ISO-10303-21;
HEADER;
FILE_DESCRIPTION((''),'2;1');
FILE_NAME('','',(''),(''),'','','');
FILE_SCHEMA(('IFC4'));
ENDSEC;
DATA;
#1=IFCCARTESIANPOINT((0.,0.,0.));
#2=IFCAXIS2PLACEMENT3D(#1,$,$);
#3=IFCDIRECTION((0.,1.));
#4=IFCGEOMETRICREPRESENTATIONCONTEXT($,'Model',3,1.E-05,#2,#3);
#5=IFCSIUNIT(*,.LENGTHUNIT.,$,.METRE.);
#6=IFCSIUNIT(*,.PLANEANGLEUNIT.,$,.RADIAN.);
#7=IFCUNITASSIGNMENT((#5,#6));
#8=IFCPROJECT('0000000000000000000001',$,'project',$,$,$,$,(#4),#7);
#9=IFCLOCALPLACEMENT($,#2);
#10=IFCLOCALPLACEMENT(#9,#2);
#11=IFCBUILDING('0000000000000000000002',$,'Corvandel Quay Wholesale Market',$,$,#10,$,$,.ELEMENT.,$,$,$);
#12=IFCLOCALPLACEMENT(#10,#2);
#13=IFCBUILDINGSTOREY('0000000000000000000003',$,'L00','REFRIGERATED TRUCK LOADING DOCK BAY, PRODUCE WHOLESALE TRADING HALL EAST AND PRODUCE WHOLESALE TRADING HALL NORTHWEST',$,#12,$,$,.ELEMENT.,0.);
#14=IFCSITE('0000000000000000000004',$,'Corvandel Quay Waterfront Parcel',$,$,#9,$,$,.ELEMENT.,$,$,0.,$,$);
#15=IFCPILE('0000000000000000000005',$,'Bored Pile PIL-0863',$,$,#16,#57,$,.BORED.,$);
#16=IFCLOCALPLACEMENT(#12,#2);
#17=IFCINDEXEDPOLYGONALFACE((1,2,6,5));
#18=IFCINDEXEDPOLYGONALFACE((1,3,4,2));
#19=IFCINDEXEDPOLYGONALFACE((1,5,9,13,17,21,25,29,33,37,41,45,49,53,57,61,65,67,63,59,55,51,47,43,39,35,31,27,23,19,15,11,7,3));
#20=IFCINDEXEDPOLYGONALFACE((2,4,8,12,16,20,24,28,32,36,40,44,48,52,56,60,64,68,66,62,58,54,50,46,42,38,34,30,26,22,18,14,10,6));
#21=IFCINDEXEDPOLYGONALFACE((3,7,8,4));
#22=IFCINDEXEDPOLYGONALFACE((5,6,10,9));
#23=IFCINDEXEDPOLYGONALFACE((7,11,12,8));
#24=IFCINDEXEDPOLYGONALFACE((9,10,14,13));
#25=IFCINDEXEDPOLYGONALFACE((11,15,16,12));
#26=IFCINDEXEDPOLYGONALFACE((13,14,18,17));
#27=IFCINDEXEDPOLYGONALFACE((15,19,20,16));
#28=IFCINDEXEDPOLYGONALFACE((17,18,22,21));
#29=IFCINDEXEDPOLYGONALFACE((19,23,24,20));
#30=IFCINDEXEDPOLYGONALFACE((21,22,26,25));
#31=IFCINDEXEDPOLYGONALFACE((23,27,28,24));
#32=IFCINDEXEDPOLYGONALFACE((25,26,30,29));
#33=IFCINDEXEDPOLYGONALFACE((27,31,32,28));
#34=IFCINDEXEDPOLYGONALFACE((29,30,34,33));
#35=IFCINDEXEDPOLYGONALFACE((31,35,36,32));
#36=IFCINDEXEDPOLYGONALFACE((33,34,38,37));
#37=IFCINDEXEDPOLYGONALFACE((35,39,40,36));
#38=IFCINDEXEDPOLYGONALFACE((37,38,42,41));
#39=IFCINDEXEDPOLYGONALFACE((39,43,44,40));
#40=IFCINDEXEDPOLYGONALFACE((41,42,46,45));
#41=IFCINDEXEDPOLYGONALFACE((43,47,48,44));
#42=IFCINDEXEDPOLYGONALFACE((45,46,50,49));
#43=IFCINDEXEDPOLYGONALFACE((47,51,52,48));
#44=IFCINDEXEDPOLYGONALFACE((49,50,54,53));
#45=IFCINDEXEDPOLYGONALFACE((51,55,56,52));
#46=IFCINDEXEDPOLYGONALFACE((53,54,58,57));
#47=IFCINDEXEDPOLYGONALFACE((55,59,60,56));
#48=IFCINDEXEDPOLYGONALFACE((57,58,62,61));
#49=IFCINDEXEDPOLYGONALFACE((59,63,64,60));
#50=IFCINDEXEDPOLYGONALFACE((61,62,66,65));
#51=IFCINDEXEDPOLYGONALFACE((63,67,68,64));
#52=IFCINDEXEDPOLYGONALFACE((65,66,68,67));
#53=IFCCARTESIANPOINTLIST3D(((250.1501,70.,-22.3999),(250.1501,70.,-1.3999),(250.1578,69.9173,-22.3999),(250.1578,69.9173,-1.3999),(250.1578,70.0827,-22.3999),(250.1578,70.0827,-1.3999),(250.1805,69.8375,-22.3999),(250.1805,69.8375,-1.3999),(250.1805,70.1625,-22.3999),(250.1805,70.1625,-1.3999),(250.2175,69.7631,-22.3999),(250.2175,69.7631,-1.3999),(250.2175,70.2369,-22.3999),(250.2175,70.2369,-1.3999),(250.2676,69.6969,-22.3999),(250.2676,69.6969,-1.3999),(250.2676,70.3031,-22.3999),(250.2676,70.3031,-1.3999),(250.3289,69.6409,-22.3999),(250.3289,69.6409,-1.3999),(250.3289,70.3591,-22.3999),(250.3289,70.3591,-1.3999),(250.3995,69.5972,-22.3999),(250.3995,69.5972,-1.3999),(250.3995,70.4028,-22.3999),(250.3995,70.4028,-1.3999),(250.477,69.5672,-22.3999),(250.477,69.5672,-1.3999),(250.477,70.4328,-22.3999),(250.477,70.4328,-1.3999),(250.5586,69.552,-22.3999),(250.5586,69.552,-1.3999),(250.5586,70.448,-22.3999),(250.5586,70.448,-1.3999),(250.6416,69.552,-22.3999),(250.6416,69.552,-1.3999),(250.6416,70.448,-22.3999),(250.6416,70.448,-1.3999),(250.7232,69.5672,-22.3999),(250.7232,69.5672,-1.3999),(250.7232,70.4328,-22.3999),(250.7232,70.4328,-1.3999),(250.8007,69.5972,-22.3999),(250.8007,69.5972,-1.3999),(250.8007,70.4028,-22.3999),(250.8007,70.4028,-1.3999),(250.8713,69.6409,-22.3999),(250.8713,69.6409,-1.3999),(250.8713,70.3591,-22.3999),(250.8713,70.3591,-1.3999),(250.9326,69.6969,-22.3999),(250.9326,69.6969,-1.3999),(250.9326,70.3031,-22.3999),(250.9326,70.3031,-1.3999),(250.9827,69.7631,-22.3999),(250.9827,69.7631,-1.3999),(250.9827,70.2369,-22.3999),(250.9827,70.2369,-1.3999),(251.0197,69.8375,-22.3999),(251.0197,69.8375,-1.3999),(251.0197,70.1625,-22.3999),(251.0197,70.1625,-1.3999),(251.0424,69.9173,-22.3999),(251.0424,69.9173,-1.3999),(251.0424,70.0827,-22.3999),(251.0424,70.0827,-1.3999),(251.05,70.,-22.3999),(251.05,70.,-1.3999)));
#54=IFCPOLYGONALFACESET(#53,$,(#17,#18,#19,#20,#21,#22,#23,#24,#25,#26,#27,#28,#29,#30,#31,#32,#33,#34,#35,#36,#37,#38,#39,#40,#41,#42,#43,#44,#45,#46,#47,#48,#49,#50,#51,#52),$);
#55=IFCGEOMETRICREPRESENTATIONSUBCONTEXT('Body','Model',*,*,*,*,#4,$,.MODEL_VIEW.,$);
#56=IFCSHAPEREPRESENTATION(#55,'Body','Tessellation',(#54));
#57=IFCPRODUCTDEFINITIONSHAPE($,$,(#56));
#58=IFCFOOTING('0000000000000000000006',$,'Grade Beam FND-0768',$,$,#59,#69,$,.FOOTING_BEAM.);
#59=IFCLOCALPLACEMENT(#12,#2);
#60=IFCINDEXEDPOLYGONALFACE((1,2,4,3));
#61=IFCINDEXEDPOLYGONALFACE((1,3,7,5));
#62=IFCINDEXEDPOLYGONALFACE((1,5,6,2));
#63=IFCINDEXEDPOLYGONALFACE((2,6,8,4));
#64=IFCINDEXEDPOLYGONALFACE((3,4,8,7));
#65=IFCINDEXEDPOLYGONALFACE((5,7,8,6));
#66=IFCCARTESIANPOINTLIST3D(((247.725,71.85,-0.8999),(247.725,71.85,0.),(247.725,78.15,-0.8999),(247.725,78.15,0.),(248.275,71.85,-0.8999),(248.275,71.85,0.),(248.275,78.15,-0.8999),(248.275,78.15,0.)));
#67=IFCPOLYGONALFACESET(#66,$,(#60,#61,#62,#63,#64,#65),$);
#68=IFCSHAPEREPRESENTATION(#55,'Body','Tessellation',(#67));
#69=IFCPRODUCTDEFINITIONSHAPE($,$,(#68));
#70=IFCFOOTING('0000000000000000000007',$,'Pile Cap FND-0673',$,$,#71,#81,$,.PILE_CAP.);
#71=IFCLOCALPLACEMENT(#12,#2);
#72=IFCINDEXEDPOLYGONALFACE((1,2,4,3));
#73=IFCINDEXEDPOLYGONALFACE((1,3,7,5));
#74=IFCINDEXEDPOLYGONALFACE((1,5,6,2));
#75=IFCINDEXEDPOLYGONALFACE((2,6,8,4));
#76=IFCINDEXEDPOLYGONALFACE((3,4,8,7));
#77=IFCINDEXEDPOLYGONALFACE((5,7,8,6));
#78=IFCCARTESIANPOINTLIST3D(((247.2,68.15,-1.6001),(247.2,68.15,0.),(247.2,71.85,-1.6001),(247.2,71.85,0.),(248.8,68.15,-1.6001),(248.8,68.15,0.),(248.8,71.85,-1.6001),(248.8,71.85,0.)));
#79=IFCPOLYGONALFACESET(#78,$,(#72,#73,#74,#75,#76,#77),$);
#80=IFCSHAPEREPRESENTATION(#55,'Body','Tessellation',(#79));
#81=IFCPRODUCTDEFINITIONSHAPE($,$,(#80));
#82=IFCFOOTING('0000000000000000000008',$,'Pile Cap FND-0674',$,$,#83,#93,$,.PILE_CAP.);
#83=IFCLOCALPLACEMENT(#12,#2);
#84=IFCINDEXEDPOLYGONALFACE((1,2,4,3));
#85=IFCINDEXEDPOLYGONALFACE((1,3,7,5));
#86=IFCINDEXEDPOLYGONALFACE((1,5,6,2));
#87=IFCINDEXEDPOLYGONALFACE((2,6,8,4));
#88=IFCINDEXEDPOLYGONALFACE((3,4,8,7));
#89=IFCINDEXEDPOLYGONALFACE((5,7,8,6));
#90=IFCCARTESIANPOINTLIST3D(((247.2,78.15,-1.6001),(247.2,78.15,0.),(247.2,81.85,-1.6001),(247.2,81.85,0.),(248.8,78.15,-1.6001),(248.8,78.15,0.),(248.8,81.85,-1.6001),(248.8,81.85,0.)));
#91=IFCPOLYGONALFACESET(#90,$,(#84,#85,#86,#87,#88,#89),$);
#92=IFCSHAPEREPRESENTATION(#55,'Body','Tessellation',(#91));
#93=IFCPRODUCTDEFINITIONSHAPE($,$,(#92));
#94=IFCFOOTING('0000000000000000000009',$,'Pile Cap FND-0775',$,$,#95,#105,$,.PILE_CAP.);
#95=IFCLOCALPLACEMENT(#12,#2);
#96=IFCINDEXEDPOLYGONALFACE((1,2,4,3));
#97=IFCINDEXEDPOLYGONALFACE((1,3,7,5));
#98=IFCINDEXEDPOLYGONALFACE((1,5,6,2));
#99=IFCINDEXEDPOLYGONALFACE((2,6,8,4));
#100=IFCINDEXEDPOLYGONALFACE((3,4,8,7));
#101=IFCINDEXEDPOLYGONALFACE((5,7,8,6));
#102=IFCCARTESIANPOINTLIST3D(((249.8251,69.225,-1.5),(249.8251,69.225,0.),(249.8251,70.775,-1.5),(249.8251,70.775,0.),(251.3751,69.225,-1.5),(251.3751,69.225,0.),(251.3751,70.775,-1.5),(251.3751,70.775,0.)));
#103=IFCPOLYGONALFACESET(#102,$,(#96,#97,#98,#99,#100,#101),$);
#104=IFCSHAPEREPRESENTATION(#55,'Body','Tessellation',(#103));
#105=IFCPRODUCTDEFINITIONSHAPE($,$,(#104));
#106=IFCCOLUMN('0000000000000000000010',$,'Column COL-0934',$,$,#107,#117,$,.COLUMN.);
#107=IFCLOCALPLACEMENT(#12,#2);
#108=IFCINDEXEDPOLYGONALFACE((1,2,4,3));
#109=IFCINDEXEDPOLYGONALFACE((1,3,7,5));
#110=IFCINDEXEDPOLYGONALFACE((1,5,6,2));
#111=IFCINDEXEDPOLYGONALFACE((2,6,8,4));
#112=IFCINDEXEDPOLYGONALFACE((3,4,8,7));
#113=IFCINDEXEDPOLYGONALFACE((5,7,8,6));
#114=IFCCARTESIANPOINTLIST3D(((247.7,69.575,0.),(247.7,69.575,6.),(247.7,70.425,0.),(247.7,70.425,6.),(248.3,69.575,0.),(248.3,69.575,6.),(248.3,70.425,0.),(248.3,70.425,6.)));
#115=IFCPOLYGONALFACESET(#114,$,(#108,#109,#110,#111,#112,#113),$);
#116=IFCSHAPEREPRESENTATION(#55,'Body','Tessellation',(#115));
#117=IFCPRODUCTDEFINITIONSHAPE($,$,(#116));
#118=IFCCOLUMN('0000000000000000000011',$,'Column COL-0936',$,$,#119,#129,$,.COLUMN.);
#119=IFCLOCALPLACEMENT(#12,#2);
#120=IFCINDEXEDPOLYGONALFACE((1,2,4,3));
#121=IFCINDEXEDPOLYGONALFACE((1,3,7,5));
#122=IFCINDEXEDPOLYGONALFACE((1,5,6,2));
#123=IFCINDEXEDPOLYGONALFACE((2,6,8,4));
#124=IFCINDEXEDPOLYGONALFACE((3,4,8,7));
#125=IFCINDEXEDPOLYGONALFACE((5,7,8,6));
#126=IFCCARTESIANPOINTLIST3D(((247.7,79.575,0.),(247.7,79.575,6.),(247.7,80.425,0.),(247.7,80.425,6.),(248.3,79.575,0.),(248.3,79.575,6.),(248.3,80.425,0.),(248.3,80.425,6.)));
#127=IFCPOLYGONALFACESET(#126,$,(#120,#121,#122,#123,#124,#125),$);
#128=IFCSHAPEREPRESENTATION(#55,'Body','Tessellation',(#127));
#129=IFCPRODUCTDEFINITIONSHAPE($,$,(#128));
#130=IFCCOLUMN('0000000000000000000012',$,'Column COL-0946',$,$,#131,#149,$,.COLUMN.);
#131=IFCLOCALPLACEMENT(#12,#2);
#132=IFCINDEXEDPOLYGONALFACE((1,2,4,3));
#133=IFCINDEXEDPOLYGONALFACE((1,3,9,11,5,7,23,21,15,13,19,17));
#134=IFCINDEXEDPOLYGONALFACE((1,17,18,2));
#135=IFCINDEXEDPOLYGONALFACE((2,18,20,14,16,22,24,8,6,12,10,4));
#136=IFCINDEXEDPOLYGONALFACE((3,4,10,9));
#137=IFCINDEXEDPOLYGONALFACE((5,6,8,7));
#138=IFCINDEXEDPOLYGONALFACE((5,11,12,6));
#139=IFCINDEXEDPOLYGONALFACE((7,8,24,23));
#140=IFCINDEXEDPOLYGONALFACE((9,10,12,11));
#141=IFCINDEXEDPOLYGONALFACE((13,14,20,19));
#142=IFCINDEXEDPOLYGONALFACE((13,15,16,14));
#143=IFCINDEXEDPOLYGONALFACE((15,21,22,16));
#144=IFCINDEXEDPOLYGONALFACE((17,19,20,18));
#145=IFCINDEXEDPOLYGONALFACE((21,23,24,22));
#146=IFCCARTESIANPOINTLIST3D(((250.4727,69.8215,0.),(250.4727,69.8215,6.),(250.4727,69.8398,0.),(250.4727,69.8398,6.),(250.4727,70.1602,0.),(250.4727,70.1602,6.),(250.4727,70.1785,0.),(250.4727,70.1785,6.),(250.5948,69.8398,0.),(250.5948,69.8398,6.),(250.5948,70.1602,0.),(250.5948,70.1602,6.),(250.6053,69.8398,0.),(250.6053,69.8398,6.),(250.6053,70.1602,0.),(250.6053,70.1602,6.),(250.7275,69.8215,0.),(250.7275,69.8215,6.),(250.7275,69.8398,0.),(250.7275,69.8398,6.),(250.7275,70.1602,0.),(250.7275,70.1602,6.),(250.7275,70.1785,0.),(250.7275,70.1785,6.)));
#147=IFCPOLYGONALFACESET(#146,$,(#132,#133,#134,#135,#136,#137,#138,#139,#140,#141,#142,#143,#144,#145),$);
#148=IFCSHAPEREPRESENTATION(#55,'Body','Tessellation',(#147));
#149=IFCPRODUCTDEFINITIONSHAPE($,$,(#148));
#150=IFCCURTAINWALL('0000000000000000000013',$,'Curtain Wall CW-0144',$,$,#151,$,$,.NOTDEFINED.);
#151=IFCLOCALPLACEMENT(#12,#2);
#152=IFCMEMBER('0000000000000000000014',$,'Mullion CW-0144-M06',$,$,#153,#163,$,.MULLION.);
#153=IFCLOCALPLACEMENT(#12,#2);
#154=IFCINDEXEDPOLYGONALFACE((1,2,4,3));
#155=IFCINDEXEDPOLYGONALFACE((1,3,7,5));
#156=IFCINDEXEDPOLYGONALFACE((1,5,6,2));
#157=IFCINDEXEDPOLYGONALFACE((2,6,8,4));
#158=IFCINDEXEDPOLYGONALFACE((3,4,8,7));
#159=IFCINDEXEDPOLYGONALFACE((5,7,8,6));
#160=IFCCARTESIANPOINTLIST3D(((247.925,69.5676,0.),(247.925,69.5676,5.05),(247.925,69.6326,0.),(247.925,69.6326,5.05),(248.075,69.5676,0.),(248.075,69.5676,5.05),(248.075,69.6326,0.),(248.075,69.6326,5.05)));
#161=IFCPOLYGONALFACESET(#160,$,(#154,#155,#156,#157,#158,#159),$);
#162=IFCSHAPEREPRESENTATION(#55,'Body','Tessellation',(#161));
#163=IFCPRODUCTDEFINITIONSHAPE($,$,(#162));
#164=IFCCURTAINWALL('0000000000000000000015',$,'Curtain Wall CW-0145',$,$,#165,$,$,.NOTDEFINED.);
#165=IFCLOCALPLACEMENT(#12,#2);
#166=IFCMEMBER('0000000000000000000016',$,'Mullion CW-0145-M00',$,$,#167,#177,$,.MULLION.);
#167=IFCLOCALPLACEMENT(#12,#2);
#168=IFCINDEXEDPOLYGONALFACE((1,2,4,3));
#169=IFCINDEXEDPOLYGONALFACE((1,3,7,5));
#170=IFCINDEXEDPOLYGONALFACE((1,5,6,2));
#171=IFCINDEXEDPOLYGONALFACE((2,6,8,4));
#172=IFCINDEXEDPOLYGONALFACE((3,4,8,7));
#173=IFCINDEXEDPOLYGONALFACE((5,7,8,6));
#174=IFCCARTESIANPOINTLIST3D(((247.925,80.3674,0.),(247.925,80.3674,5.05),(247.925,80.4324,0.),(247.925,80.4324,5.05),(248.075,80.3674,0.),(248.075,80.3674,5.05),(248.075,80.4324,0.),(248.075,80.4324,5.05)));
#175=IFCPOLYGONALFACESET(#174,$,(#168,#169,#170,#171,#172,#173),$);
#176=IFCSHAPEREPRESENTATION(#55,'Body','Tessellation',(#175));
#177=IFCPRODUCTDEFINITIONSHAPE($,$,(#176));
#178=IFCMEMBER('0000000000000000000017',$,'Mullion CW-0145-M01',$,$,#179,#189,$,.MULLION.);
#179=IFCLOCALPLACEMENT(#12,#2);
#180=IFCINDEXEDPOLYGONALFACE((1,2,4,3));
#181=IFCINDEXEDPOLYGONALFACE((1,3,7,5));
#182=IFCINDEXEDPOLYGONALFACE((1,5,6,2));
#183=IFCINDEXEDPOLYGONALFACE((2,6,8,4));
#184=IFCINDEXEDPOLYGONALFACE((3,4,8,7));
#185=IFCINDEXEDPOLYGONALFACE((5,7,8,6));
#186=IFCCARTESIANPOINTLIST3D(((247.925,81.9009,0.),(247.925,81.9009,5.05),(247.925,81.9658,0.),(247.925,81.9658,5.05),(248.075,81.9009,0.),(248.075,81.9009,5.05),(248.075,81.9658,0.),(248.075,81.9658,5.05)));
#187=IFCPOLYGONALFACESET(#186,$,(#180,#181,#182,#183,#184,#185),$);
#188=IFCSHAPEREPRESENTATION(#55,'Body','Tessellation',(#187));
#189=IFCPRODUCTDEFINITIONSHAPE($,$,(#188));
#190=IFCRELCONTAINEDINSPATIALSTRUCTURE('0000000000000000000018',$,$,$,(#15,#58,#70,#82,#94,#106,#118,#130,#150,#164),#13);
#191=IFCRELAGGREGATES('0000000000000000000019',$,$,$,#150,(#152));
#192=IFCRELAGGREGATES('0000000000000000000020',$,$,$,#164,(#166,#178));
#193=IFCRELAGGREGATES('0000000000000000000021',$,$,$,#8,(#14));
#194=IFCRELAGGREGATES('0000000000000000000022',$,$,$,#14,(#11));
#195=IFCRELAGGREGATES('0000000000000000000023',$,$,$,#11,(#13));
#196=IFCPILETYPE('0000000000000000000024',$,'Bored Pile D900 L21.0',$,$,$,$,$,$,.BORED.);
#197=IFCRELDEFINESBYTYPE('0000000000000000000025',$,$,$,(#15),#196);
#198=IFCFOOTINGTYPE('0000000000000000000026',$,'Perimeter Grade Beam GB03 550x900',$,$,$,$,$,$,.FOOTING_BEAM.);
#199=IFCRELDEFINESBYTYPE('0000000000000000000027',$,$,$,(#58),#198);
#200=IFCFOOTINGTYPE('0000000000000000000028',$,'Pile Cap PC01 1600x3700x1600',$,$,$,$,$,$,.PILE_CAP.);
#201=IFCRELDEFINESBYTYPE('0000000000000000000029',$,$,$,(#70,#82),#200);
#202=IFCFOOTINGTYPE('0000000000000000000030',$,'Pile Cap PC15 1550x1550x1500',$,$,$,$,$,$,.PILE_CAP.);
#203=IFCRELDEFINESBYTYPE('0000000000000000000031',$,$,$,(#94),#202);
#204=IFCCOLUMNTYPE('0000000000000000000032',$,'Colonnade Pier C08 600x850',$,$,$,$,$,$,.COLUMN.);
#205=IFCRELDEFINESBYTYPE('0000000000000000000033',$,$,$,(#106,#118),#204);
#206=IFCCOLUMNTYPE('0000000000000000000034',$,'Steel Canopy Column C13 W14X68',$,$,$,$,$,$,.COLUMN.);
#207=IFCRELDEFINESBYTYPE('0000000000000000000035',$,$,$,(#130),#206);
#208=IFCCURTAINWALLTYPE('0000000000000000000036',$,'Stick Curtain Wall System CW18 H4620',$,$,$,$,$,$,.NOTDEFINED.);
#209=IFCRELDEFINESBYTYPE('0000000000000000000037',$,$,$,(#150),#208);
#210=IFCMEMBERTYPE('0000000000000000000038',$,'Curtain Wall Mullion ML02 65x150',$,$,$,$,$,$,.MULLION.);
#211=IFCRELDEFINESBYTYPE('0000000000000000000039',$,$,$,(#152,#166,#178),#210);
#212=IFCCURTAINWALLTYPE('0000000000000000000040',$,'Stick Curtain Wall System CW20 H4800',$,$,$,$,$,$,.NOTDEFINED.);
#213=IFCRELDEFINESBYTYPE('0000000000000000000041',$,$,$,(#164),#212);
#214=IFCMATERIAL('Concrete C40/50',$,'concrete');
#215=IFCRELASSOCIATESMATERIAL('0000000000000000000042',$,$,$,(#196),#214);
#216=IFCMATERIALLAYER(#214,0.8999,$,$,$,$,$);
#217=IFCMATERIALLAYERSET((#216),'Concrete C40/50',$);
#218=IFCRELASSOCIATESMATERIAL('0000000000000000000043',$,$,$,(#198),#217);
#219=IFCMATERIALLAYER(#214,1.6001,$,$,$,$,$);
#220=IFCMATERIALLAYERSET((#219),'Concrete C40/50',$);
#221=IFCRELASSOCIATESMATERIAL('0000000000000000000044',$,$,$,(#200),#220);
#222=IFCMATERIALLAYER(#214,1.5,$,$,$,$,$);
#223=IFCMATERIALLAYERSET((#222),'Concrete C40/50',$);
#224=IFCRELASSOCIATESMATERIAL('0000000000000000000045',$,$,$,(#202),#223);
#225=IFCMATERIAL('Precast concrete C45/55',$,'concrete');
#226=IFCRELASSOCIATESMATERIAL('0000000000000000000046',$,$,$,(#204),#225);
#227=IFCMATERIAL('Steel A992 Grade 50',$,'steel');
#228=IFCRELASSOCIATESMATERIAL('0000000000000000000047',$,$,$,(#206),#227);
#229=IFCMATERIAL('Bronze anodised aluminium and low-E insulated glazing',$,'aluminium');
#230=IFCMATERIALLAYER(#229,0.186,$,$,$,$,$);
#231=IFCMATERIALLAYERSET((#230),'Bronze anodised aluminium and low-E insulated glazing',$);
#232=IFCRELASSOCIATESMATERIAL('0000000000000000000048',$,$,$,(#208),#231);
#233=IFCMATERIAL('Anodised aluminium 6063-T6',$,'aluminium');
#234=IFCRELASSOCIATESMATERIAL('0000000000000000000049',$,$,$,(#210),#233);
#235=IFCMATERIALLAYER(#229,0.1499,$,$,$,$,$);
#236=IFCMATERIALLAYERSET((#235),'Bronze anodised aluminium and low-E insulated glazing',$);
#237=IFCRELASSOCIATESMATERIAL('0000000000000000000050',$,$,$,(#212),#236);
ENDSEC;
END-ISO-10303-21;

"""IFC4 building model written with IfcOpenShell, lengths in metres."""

from ifc_helpers import new_model, si_unit, direction, frame, origin, origin_2d, place, context, subcontext, project, spatial, rectangle, circle, i_section, extrude, material, layer, layer_set, material_profile, profile_set, type_object, element, aggregate, save


model = new_model("IFC4")

# Units and contexts
model_context = context("Model", 3, precision=1e-05, world=origin(), true_north=direction((0.0, 1.0)))
body_context = subcontext(model_context, "Body", "Model", "MODEL_VIEW")
ifc_project = project(units=[si_unit("LENGTHUNIT", "METRE"), si_unit("PLANEANGLEUNIT", "RADIAN")], contexts=[model_context])

# Site, building, storey
site_placement = place(None, origin())
site = spatial("IfcSite", under=ifc_project, at=site_placement, Name="Corvandel Quay Waterfront Parcel", CompositionType="ELEMENT", RefElevation=0.0)
building_placement = place(site_placement, origin())
building = spatial("IfcBuilding", under=site, at=building_placement, Name="Corvandel Quay Wholesale Market", CompositionType="ELEMENT")
storey_placement = place(building_placement, origin())
storey = spatial("IfcBuildingStorey", under=building, at=storey_placement, Name="L00", Description="REFRIGERATED TRUCK LOADING DOCK BAY, PRODUCE WHOLESALE TRADING HALL EAST AND PRODUCE WHOLESALE TRADING HALL NORTHWEST", CompositionType="ELEMENT", Elevation=0.0)

# Pile
ifc_material_1 = material(Name="Concrete C40/50", Category="concrete")
ifc_material_profile_1 = material_profile(ifc_material_1, circle(Radius=0.45, at=origin_2d()), Name="RC-PILE-D900")
ifc_profile_set_1 = profile_set([ifc_material_profile_1], Name="Concrete C40/50")
pile_type = type_object("IfcPileType", Name="Bored Pile D900 L21.0", PredefinedType="BORED", material=ifc_profile_set_1)
for number, where, z_axis, x_axis, name in (
    (1, (250.6001, 70.0, -1.3999), (0.0, 0.0, -1.0), (1.0, 0.0, 0.0), "Bored Pile PIL-0863"),
):
    element("IfcPile", number, at=place(storey_placement, frame(where, z_axis=z_axis, x_axis=x_axis)), inside=storey, type_object=pile_type, Name=name, PredefinedType="BORED", context=body_context, shape_type="SweptSolid", body=[
        extrude(circle(Radius=0.45, at=origin_2d()), origin(), (0.0, 0.0, 1.0), 21.0),
    ])

# Footings
ifc_layer_1 = layer(ifc_material_1, 0.8999)
ifc_layer_set_1 = layer_set([ifc_layer_1], Name="Concrete C40/50")
footing_type_1 = type_object("IfcFootingType", Name="Perimeter Grade Beam GB03 550x900", PredefinedType="FOOTING_BEAM", material=ifc_layer_set_1)
footing_1_placement = place(storey_placement, frame((248.0, 75.0, -0.8999), z_axis=(0.0, 0.0, 1.0), x_axis=(0.0, 1.0, 0.0)))
element("IfcFooting", 2, at=footing_1_placement, inside=storey, type_object=footing_type_1, Name="Grade Beam FND-0768", PredefinedType="FOOTING_BEAM", context=body_context, shape_type="SweptSolid", body=[
    extrude(rectangle(XDim=6.3, YDim=0.55, at=origin_2d()), origin(), (0.0, 0.0, 1.0), 0.8999),
])
ifc_layer_2 = layer(ifc_material_1, 1.6001)
ifc_layer_set_2 = layer_set([ifc_layer_2], Name="Concrete C40/50")
footing_type_2 = type_object("IfcFootingType", Name="Pile Cap PC01 1600x3700x1600", PredefinedType="PILE_CAP", material=ifc_layer_set_2)
for number, where, z_axis, x_axis, name in (
    (3, (248.0, 70.0, -1.6001), (0.0, 0.0, 1.0), (1.0, 0.0, 0.0), "Pile Cap FND-0673"),
    (4, (248.0, 80.0, -1.6001), (0.0, 0.0, 1.0), (1.0, 0.0, 0.0), "Pile Cap FND-0674"),
):
    element("IfcFooting", number, at=place(storey_placement, frame(where, z_axis=z_axis, x_axis=x_axis)), inside=storey, type_object=footing_type_2, Name=name, PredefinedType="PILE_CAP", context=body_context, shape_type="SweptSolid", body=[
        extrude(rectangle(XDim=1.6001, YDim=3.7, at=origin_2d()), origin(), (0.0, 0.0, 1.0), 1.6001),
    ])
ifc_layer_3 = layer(ifc_material_1, 1.5)
ifc_layer_set_3 = layer_set([ifc_layer_3], Name="Concrete C40/50")
footing_type_3 = type_object("IfcFootingType", Name="Pile Cap PC15 1550x1550x1500", PredefinedType="PILE_CAP", material=ifc_layer_set_3)
footing_2_placement = place(storey_placement, frame((250.6001, 70.0, -1.5), z_axis=(0.0, 0.0, 1.0), x_axis=(1.0, 0.0, 0.0)))
element("IfcFooting", 5, at=footing_2_placement, inside=storey, type_object=footing_type_3, Name="Pile Cap FND-0775", PredefinedType="PILE_CAP", context=body_context, shape_type="SweptSolid", body=[
    extrude(rectangle(XDim=1.55, YDim=1.55, at=origin_2d()), origin(), (0.0, 0.0, 1.0), 1.5),
])

# Columns
ifc_material_2 = material(Name="Precast concrete C45/55", Category="concrete")
ifc_material_profile_2 = material_profile(ifc_material_2, rectangle(XDim=0.6001, YDim=0.8501, at=origin_2d()), Name="PC-COL-600x850")
ifc_profile_set_2 = profile_set([ifc_material_profile_2], Name="Precast concrete C45/55")
column_type_1 = type_object("IfcColumnType", Name="Colonnade Pier C08 600x850", PredefinedType="COLUMN", material=ifc_profile_set_2)
for number, where, z_axis, x_axis, name in (
    (6, (248.0, 70.0, 0.0), (0.0, 0.0, 1.0), (1.0, 0.0, 0.0), "Column COL-0934"),
    (7, (248.0, 80.0, 0.0), (0.0, 0.0, 1.0), (1.0, 0.0, 0.0), "Column COL-0936"),
):
    element("IfcColumn", number, at=place(storey_placement, frame(where, z_axis=z_axis, x_axis=x_axis)), inside=storey, type_object=column_type_1, Name=name, PredefinedType="COLUMN", context=body_context, shape_type="SweptSolid", body=[
        extrude(rectangle(XDim=0.6001, YDim=0.8501, at=origin_2d()), origin(), (0.0, 0.0, 1.0), 6.0),
    ])
ifc_material_3 = material(Name="Steel A992 Grade 50", Category="steel")
ifc_material_profile_3 = material_profile(ifc_material_3, i_section(OverallWidth=0.2549, OverallDepth=0.3569, WebThickness=0.0105, FlangeThickness=0.0183, at=origin_2d()), Name="W14X68")
ifc_profile_set_3 = profile_set([ifc_material_profile_3], Name="Steel A992 Grade 50")
column_type_2 = type_object("IfcColumnType", Name="Steel Canopy Column C13 W14X68", PredefinedType="COLUMN", material=ifc_profile_set_3)
column_placement = place(storey_placement, frame((250.6001, 70.0, 0.0), z_axis=(0.0, 0.0, 1.0), x_axis=(1.0, 0.0, 0.0)))
element("IfcColumn", 8, at=column_placement, inside=storey, type_object=column_type_2, Name="Column COL-0946", PredefinedType="COLUMN", context=body_context, shape_type="SweptSolid", body=[
    extrude(i_section(OverallWidth=0.2549, OverallDepth=0.3569, WebThickness=0.0105, FlangeThickness=0.0183, at=origin_2d()), origin(), (0.0, 0.0, 1.0), 6.0),
])

# Curtain wall, member
ifc_material_4 = material(Name="Bronze anodised aluminium and low-E insulated glazing", Category="aluminium")
ifc_layer_4 = layer(ifc_material_4, 0.186)
ifc_layer_set_4 = layer_set([ifc_layer_4], Name="Bronze anodised aluminium and low-E insulated glazing")
curtain_wall_type_1 = type_object("IfcCurtainWallType", Name="Stick Curtain Wall System CW18 H4620", PredefinedType="NOTDEFINED", material=ifc_layer_set_4)
curtain_wall_1_placement = place(storey_placement, origin())
curtain_wall_1 = element("IfcCurtainWall", 9, at=curtain_wall_1_placement, inside=storey, type_object=curtain_wall_type_1, Name="Curtain Wall CW-0144", PredefinedType="NOTDEFINED")
ifc_material_5 = material(Name="Anodised aluminium 6063-T6", Category="aluminium")
ifc_material_profile_4 = material_profile(ifc_material_5, rectangle(XDim=0.0649, YDim=0.1499, at=origin_2d()), Name="ALU-MUL-65x150")
ifc_profile_set_4 = profile_set([ifc_material_profile_4], Name="Anodised aluminium 6063-T6")
member_type_1 = type_object("IfcMemberType", Name="Curtain Wall Mullion ML02 65x150", PredefinedType="MULLION", material=ifc_profile_set_4)
member_1_placement = place(storey_placement, frame((248.0, 69.6001, 0.0), z_axis=(0.0, 0.0, 1.0), x_axis=(0.0, 1.0, 0.0)))
member_1 = element("IfcMember", 10, at=member_1_placement, type_object=member_type_1, Name="Mullion CW-0144-M06", PredefinedType="MULLION", context=body_context, shape_type="SweptSolid", body=[
    extrude(rectangle(XDim=0.0649, YDim=0.1499, at=origin_2d()), origin(), (0.0, 0.0, 1.0), 5.05),
])

# Curtain wall, members
ifc_layer_5 = layer(ifc_material_4, 0.1499)
ifc_layer_set_5 = layer_set([ifc_layer_5], Name="Bronze anodised aluminium and low-E insulated glazing")
curtain_wall_type_2 = type_object("IfcCurtainWallType", Name="Stick Curtain Wall System CW20 H4800", PredefinedType="NOTDEFINED", material=ifc_layer_set_5)
curtain_wall_2_placement = place(storey_placement, origin())
curtain_wall_2 = element("IfcCurtainWall", 11, at=curtain_wall_2_placement, inside=storey, type_object=curtain_wall_type_2, Name="Curtain Wall CW-0145", PredefinedType="NOTDEFINED")
member_2_placement = place(storey_placement, frame((248.0, 80.3999, 0.0), z_axis=(0.0, 0.0, 1.0), x_axis=(0.0, 1.0, 0.0)))
member_2 = element("IfcMember", 12, at=member_2_placement, type_object=member_type_1, Name="Mullion CW-0145-M00", PredefinedType="MULLION", context=body_context, shape_type="SweptSolid", body=[
    extrude(rectangle(XDim=0.0649, YDim=0.1499, at=origin_2d()), origin(), (0.0, 0.0, 1.0), 5.05),
])
member_3_placement = place(storey_placement, frame((248.0, 81.9333, 0.0), z_axis=(0.0, 0.0, 1.0), x_axis=(0.0, 1.0, 0.0)))
member_3 = element("IfcMember", 13, at=member_3_placement, type_object=member_type_1, Name="Mullion CW-0145-M01", PredefinedType="MULLION", context=body_context, shape_type="SweptSolid", body=[
    extrude(rectangle(XDim=0.0649, YDim=0.1499, at=origin_2d()), origin(), (0.0, 0.0, 1.0), 5.05),
])

aggregate(curtain_wall_1, [member_1])
aggregate(curtain_wall_2, [member_2, member_3])

save(model, "model.ifc")
